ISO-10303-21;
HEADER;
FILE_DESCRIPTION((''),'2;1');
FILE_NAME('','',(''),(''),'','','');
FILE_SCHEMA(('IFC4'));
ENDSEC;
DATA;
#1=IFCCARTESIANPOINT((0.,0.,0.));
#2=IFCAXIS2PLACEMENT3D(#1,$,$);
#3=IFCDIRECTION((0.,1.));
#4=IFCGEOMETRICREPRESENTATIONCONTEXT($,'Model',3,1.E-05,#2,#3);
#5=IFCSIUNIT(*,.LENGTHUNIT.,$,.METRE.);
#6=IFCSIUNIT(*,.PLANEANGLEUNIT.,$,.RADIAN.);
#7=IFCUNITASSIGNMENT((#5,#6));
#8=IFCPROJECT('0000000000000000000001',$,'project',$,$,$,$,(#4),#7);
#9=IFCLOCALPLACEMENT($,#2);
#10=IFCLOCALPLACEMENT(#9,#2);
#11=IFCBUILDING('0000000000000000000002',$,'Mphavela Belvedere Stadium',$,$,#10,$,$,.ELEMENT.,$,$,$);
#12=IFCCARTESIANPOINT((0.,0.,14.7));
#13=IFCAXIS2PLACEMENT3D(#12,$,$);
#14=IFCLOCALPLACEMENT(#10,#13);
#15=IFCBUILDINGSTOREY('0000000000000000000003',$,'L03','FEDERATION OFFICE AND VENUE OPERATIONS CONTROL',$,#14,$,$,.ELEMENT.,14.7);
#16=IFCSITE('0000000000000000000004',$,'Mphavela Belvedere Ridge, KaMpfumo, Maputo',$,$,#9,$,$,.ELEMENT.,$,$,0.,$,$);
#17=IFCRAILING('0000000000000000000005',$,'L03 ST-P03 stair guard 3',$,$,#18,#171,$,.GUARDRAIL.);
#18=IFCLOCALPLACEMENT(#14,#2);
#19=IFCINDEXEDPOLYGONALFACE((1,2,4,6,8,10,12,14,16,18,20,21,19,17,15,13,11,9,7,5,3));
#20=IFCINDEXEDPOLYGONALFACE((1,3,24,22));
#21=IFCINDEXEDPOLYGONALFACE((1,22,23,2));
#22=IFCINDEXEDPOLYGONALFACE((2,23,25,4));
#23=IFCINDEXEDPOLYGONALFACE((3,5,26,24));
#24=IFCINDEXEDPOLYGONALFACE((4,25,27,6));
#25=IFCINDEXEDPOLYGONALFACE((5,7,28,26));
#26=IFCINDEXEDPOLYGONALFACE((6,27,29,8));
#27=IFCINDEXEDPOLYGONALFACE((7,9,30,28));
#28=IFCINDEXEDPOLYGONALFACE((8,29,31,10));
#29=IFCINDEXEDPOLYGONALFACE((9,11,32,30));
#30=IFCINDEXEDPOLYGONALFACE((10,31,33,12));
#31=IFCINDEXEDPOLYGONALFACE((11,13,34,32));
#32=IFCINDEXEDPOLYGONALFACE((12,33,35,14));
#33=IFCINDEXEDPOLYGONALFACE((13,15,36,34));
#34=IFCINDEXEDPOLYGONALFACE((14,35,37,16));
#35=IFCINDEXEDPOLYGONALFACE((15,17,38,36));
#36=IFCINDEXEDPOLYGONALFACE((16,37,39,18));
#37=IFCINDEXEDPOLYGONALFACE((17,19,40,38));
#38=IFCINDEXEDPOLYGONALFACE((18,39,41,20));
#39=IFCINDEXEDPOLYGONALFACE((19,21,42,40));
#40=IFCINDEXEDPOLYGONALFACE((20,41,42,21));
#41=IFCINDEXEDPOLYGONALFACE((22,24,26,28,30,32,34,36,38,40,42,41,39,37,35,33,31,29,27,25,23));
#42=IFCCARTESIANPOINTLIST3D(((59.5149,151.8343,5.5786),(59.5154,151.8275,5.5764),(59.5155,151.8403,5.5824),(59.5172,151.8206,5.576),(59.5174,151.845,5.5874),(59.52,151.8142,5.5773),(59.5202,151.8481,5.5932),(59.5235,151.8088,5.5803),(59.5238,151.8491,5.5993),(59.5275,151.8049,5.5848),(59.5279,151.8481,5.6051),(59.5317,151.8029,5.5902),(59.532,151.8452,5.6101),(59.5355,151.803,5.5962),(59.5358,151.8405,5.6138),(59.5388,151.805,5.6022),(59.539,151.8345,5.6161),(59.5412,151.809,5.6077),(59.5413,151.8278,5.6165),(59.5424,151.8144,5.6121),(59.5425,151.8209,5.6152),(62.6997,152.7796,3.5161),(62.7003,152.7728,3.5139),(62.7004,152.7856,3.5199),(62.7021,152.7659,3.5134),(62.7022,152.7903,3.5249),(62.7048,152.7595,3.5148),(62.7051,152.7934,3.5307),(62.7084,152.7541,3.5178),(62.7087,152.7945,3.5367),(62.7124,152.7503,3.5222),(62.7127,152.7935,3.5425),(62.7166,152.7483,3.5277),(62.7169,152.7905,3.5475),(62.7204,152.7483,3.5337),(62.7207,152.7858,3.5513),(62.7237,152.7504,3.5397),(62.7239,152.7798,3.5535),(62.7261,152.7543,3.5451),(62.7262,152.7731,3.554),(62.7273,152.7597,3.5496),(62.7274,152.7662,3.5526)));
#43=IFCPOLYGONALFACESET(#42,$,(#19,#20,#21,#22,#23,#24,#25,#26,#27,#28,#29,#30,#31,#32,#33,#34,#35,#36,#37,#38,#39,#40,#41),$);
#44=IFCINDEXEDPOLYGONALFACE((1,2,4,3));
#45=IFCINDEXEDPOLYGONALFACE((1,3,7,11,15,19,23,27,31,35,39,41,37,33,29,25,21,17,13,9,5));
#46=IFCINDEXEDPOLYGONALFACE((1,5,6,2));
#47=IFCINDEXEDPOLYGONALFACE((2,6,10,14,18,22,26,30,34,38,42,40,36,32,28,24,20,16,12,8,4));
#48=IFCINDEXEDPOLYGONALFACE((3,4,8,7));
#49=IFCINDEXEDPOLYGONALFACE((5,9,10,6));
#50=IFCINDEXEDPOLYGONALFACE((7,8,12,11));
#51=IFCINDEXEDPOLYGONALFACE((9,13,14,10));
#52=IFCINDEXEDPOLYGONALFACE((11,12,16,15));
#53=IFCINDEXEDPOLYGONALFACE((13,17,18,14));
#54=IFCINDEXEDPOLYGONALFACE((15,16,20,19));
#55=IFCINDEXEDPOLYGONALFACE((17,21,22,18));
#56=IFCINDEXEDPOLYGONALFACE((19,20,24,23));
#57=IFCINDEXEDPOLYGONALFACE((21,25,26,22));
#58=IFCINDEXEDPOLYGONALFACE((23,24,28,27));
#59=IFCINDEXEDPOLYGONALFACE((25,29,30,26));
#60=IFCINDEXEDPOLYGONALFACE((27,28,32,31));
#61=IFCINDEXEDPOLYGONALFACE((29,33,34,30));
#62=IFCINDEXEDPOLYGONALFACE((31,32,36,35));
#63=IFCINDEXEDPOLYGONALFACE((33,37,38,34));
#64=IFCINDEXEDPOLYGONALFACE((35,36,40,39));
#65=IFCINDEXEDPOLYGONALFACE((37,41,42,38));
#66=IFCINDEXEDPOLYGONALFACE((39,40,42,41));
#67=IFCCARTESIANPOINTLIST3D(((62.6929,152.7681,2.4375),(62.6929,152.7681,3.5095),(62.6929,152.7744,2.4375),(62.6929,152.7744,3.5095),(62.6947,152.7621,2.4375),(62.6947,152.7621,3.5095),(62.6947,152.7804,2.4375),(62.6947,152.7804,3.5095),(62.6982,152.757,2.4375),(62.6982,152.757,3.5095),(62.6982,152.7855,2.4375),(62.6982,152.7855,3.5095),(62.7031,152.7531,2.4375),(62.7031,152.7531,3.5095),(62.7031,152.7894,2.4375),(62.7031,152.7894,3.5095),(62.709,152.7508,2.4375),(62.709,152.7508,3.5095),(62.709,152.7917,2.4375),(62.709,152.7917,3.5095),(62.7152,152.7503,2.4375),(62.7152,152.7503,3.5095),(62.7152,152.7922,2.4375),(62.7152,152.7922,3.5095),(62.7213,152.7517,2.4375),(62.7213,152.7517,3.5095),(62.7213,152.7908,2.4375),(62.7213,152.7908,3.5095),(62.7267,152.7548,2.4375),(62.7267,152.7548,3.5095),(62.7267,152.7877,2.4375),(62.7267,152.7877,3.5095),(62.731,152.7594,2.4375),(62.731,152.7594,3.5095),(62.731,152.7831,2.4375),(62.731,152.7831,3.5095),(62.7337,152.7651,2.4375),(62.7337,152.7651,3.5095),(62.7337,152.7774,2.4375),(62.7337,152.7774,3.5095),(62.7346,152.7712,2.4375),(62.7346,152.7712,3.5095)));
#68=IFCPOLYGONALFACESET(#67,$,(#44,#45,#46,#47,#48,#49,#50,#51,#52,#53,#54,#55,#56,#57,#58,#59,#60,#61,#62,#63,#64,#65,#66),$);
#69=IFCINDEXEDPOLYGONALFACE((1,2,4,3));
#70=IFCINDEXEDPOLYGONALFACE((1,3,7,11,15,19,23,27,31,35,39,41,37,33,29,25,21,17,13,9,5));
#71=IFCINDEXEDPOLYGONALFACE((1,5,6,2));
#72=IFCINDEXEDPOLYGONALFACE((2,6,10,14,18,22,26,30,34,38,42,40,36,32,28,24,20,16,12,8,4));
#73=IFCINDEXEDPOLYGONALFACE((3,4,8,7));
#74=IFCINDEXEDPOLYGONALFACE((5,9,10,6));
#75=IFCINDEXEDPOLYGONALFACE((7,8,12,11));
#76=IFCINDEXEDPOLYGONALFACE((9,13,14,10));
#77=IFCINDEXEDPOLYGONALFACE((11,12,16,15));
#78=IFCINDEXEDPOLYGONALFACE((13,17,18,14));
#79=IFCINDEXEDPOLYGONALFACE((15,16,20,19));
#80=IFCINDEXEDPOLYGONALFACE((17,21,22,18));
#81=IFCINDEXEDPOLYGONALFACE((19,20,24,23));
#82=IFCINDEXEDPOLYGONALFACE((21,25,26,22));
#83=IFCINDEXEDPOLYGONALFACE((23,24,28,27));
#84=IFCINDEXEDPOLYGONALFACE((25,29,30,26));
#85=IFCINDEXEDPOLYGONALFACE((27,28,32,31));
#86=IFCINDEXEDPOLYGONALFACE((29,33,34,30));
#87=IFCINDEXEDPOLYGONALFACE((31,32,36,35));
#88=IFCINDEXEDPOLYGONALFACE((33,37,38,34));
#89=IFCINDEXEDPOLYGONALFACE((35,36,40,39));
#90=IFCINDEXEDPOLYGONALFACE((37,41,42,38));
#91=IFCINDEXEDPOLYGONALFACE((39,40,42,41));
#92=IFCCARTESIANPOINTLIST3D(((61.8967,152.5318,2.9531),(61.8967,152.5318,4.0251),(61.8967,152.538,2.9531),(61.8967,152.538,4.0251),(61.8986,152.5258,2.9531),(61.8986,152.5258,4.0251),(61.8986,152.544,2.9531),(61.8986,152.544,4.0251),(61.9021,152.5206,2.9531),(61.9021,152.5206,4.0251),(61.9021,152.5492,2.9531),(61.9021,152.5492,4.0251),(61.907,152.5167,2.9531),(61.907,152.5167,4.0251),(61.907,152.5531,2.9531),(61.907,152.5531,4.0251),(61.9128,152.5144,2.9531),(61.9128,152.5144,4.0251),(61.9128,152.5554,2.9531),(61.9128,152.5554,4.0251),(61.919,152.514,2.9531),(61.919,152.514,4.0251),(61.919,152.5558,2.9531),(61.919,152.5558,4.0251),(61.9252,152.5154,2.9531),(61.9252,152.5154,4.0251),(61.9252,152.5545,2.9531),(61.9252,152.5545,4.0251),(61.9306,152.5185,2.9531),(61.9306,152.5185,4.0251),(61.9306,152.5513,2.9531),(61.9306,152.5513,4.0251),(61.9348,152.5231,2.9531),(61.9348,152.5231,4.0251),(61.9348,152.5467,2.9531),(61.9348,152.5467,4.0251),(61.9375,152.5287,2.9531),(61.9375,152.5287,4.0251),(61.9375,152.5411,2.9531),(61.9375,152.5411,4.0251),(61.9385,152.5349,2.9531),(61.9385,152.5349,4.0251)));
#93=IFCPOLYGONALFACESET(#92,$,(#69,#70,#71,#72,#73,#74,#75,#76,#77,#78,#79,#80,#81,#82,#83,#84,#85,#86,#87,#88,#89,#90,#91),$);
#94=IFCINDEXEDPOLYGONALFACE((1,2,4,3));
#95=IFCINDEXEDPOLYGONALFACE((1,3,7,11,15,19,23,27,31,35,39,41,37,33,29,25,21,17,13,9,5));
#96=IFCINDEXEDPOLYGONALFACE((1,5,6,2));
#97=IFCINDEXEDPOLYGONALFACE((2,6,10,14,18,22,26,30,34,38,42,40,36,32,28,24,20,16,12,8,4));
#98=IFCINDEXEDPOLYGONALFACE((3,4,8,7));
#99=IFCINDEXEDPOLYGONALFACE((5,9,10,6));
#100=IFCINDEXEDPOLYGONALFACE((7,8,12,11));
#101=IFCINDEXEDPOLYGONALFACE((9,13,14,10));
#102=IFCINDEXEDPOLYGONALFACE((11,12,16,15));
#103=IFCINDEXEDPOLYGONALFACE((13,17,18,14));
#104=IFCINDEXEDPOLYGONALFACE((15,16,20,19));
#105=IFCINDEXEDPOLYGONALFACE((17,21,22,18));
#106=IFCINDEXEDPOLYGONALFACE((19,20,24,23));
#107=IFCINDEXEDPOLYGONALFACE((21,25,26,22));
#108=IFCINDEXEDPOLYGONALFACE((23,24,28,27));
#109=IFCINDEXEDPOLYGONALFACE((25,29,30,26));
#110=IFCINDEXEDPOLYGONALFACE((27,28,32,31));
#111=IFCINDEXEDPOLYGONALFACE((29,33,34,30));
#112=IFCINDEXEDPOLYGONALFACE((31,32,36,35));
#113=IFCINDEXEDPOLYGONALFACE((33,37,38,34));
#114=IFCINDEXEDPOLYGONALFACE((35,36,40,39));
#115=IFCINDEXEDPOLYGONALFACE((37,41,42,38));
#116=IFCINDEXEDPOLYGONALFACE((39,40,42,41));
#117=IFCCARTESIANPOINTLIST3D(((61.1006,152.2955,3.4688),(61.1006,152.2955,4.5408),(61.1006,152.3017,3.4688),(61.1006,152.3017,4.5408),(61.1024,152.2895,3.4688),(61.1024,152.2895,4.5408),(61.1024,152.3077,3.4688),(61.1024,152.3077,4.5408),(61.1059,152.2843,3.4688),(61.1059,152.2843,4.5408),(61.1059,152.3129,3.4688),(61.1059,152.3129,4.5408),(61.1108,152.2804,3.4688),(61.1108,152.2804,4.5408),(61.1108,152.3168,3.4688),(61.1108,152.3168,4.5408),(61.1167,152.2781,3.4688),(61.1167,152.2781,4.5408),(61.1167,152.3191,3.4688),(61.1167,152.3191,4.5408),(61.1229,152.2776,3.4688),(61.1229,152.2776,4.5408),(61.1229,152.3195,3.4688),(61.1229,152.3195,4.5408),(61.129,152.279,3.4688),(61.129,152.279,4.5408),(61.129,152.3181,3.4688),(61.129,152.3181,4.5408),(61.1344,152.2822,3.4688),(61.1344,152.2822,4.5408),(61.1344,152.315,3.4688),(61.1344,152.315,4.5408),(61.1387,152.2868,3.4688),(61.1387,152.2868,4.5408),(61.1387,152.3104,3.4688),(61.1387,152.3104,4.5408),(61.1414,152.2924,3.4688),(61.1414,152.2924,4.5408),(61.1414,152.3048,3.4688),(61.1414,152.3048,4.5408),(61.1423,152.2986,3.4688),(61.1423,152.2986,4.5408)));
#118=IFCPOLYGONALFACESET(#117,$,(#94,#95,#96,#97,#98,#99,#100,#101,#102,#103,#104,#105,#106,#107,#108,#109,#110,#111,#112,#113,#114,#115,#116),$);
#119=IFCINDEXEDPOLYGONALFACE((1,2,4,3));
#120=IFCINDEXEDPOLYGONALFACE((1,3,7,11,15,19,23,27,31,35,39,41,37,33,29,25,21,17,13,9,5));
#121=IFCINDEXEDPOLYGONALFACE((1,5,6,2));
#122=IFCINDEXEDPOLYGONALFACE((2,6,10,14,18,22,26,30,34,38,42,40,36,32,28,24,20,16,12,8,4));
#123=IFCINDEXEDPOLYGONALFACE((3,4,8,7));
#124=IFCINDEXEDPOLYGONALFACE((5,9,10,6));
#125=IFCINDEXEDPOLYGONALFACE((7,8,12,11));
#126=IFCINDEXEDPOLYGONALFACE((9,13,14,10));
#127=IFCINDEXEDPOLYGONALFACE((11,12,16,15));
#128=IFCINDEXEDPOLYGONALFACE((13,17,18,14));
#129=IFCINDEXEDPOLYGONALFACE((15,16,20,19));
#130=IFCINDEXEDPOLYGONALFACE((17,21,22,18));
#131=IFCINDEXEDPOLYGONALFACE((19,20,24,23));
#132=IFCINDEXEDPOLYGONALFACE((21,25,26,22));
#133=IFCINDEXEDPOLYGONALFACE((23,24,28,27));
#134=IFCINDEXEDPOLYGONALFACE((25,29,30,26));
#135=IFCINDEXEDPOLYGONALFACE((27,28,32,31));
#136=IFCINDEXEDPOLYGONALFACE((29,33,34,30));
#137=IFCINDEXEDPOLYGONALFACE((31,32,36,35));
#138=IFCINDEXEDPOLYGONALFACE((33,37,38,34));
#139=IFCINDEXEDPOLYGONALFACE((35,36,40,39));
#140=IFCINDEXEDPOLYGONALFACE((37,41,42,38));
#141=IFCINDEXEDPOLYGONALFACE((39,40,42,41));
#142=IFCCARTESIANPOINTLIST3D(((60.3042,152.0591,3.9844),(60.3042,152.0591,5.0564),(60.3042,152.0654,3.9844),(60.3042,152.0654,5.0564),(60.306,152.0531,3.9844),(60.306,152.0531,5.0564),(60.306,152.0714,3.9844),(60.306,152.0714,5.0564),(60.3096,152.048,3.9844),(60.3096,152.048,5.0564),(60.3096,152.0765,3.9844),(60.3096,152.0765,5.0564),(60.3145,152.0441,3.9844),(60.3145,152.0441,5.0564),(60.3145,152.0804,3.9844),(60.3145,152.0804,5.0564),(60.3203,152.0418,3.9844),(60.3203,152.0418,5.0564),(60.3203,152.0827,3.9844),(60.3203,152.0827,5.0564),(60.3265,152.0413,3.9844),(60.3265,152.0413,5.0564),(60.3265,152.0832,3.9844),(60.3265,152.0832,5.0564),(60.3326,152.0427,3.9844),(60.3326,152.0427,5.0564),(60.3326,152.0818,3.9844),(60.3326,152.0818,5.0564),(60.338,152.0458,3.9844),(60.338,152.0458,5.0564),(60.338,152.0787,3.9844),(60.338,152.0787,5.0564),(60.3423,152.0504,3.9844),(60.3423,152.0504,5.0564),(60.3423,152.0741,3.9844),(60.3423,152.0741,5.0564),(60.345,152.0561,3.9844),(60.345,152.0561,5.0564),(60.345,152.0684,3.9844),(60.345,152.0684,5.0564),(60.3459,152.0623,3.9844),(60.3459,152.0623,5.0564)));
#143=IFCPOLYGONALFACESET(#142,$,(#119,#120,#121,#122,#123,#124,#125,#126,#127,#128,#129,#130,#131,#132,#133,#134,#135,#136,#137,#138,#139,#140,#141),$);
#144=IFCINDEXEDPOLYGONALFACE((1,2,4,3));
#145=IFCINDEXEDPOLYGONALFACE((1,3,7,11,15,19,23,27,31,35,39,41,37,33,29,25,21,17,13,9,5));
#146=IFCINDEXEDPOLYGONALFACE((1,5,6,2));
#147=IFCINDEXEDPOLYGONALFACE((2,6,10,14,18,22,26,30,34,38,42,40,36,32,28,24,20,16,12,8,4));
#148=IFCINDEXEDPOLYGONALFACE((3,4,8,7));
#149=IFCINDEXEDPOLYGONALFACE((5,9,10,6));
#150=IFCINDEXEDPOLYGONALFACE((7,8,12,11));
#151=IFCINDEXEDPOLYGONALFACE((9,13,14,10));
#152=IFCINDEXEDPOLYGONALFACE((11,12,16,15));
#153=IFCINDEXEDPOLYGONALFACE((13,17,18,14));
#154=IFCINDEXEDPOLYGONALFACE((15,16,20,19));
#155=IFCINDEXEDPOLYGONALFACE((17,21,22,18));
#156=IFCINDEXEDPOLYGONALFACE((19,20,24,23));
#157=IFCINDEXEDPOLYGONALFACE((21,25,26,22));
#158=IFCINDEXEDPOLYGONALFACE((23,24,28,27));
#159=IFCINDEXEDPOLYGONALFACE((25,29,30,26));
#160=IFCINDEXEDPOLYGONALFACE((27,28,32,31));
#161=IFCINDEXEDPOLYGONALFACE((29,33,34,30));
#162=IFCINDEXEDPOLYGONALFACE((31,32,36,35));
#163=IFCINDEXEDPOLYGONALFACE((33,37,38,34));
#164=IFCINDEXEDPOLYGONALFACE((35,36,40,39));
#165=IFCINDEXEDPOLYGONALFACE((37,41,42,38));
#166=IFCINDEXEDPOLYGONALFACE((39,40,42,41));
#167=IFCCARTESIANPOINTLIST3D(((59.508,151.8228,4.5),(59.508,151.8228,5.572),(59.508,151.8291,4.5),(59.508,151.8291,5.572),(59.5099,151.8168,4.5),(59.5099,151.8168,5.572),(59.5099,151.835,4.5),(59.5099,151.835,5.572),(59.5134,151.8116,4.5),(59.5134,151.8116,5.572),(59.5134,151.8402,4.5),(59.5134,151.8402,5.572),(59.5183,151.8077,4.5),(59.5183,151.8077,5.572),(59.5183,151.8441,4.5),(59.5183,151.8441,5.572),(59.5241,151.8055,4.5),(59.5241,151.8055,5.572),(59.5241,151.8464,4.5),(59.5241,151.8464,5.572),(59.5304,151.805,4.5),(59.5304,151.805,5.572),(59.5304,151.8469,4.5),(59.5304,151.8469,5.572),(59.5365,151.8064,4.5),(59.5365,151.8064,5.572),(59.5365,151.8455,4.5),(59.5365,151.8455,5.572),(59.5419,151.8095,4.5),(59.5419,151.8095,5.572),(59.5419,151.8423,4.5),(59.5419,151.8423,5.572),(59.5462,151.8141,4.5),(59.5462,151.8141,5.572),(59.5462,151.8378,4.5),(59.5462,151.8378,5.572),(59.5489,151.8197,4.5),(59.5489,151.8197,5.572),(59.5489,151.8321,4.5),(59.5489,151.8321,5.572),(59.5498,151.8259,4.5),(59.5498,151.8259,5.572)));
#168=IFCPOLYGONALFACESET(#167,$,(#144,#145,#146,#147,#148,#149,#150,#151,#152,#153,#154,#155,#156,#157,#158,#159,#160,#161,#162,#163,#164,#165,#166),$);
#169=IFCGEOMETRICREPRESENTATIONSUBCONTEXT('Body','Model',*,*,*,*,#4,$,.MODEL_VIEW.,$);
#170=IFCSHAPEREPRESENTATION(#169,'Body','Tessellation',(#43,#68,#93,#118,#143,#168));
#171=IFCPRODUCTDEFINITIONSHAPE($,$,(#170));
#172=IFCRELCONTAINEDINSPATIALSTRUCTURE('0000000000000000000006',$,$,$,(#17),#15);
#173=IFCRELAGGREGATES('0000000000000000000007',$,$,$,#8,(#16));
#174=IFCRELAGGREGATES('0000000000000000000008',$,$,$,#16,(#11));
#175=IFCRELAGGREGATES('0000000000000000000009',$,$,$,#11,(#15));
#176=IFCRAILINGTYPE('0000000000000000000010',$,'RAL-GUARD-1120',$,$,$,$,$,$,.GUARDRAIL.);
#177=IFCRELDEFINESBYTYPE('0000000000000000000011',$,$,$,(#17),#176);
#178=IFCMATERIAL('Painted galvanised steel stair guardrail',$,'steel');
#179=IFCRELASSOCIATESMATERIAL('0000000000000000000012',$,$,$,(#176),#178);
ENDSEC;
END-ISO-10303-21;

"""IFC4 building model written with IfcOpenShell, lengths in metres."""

from ifc_helpers import new_model, si_unit, direction, frame, origin, origin_2d, place, context, subcontext, project, spatial, circle, extrude, material, type_object, element, save


model = new_model("IFC4")

# Units and contexts
model_context = context("Model", 3, precision=1e-05, world=origin(), true_north=direction((0.0, 1.0)))
body_context = subcontext(model_context, "Body", "Model", "MODEL_VIEW")
ifc_project = project(units=[si_unit("LENGTHUNIT", "METRE"), si_unit("PLANEANGLEUNIT", "RADIAN")], contexts=[model_context])

# Site, building, storey
site_placement = place(None, origin())
site = spatial("IfcSite", under=ifc_project, at=site_placement, Name="Mphavela Belvedere Ridge, KaMpfumo, Maputo", CompositionType="ELEMENT", RefElevation=0.0)
building_placement = place(site_placement, origin())
building = spatial("IfcBuilding", under=site, at=building_placement, Name="Mphavela Belvedere Stadium", CompositionType="ELEMENT")
storey_placement = place(building_placement, frame((0.0, 0.0, 14.7)))
storey = spatial("IfcBuildingStorey", under=building, at=storey_placement, Name="L03", Description="FEDERATION OFFICE AND VENUE OPERATIONS CONTROL", CompositionType="ELEMENT", Elevation=14.7)

# Railing
ifc_material_1 = material(Name="Painted galvanised steel stair guardrail", Category="steel")
railing_type_1 = type_object("IfcRailingType", Name="RAL-GUARD-1120", PredefinedType="GUARDRAIL", material=ifc_material_1)
railing_1_placement = place(storey_placement, frame((62.7136, 152.7712, 2.4375)))
element("IfcRailing", 1, at=railing_1_placement, inside=storey, type_object=railing_type_1, Name="L03 ST-P03 stair guard 3", PredefinedType="GUARDRAIL", context=body_context, shape_type="SweptSolid", body=[
    extrude(circle(Radius=0.0239, at=origin_2d()), frame((0.0, 0.0, 1.0962), z_axis=(-0.814465, -0.241748, 0.527451), x_axis=(0.284549, -0.958662, 0.0)), (0.0, 0.0, 1.0), 3.9104),
    extrude(circle(Radius=0.021, at=origin_2d()), origin(), (0.0, 0.0, 1.0), 1.072),
    extrude(circle(Radius=0.021, at=origin_2d()), frame((-0.7961, -0.2363, 0.5156)), (0.0, 0.0, 1.0), 1.072),
    extrude(circle(Radius=0.021, at=origin_2d()), frame((-1.5923, -0.4727, 1.0312)), (0.0, 0.0, 1.0), 1.072),
    extrude(circle(Radius=0.021, at=origin_2d()), frame((-2.3887, -0.709, 1.5469)), (0.0, 0.0, 1.0), 1.072),
    extrude(circle(Radius=0.021, at=origin_2d()), frame((-3.1848, -0.9453, 2.0625)), (0.0, 0.0, 1.0), 1.072),
])

save(model, "model.ifc")
